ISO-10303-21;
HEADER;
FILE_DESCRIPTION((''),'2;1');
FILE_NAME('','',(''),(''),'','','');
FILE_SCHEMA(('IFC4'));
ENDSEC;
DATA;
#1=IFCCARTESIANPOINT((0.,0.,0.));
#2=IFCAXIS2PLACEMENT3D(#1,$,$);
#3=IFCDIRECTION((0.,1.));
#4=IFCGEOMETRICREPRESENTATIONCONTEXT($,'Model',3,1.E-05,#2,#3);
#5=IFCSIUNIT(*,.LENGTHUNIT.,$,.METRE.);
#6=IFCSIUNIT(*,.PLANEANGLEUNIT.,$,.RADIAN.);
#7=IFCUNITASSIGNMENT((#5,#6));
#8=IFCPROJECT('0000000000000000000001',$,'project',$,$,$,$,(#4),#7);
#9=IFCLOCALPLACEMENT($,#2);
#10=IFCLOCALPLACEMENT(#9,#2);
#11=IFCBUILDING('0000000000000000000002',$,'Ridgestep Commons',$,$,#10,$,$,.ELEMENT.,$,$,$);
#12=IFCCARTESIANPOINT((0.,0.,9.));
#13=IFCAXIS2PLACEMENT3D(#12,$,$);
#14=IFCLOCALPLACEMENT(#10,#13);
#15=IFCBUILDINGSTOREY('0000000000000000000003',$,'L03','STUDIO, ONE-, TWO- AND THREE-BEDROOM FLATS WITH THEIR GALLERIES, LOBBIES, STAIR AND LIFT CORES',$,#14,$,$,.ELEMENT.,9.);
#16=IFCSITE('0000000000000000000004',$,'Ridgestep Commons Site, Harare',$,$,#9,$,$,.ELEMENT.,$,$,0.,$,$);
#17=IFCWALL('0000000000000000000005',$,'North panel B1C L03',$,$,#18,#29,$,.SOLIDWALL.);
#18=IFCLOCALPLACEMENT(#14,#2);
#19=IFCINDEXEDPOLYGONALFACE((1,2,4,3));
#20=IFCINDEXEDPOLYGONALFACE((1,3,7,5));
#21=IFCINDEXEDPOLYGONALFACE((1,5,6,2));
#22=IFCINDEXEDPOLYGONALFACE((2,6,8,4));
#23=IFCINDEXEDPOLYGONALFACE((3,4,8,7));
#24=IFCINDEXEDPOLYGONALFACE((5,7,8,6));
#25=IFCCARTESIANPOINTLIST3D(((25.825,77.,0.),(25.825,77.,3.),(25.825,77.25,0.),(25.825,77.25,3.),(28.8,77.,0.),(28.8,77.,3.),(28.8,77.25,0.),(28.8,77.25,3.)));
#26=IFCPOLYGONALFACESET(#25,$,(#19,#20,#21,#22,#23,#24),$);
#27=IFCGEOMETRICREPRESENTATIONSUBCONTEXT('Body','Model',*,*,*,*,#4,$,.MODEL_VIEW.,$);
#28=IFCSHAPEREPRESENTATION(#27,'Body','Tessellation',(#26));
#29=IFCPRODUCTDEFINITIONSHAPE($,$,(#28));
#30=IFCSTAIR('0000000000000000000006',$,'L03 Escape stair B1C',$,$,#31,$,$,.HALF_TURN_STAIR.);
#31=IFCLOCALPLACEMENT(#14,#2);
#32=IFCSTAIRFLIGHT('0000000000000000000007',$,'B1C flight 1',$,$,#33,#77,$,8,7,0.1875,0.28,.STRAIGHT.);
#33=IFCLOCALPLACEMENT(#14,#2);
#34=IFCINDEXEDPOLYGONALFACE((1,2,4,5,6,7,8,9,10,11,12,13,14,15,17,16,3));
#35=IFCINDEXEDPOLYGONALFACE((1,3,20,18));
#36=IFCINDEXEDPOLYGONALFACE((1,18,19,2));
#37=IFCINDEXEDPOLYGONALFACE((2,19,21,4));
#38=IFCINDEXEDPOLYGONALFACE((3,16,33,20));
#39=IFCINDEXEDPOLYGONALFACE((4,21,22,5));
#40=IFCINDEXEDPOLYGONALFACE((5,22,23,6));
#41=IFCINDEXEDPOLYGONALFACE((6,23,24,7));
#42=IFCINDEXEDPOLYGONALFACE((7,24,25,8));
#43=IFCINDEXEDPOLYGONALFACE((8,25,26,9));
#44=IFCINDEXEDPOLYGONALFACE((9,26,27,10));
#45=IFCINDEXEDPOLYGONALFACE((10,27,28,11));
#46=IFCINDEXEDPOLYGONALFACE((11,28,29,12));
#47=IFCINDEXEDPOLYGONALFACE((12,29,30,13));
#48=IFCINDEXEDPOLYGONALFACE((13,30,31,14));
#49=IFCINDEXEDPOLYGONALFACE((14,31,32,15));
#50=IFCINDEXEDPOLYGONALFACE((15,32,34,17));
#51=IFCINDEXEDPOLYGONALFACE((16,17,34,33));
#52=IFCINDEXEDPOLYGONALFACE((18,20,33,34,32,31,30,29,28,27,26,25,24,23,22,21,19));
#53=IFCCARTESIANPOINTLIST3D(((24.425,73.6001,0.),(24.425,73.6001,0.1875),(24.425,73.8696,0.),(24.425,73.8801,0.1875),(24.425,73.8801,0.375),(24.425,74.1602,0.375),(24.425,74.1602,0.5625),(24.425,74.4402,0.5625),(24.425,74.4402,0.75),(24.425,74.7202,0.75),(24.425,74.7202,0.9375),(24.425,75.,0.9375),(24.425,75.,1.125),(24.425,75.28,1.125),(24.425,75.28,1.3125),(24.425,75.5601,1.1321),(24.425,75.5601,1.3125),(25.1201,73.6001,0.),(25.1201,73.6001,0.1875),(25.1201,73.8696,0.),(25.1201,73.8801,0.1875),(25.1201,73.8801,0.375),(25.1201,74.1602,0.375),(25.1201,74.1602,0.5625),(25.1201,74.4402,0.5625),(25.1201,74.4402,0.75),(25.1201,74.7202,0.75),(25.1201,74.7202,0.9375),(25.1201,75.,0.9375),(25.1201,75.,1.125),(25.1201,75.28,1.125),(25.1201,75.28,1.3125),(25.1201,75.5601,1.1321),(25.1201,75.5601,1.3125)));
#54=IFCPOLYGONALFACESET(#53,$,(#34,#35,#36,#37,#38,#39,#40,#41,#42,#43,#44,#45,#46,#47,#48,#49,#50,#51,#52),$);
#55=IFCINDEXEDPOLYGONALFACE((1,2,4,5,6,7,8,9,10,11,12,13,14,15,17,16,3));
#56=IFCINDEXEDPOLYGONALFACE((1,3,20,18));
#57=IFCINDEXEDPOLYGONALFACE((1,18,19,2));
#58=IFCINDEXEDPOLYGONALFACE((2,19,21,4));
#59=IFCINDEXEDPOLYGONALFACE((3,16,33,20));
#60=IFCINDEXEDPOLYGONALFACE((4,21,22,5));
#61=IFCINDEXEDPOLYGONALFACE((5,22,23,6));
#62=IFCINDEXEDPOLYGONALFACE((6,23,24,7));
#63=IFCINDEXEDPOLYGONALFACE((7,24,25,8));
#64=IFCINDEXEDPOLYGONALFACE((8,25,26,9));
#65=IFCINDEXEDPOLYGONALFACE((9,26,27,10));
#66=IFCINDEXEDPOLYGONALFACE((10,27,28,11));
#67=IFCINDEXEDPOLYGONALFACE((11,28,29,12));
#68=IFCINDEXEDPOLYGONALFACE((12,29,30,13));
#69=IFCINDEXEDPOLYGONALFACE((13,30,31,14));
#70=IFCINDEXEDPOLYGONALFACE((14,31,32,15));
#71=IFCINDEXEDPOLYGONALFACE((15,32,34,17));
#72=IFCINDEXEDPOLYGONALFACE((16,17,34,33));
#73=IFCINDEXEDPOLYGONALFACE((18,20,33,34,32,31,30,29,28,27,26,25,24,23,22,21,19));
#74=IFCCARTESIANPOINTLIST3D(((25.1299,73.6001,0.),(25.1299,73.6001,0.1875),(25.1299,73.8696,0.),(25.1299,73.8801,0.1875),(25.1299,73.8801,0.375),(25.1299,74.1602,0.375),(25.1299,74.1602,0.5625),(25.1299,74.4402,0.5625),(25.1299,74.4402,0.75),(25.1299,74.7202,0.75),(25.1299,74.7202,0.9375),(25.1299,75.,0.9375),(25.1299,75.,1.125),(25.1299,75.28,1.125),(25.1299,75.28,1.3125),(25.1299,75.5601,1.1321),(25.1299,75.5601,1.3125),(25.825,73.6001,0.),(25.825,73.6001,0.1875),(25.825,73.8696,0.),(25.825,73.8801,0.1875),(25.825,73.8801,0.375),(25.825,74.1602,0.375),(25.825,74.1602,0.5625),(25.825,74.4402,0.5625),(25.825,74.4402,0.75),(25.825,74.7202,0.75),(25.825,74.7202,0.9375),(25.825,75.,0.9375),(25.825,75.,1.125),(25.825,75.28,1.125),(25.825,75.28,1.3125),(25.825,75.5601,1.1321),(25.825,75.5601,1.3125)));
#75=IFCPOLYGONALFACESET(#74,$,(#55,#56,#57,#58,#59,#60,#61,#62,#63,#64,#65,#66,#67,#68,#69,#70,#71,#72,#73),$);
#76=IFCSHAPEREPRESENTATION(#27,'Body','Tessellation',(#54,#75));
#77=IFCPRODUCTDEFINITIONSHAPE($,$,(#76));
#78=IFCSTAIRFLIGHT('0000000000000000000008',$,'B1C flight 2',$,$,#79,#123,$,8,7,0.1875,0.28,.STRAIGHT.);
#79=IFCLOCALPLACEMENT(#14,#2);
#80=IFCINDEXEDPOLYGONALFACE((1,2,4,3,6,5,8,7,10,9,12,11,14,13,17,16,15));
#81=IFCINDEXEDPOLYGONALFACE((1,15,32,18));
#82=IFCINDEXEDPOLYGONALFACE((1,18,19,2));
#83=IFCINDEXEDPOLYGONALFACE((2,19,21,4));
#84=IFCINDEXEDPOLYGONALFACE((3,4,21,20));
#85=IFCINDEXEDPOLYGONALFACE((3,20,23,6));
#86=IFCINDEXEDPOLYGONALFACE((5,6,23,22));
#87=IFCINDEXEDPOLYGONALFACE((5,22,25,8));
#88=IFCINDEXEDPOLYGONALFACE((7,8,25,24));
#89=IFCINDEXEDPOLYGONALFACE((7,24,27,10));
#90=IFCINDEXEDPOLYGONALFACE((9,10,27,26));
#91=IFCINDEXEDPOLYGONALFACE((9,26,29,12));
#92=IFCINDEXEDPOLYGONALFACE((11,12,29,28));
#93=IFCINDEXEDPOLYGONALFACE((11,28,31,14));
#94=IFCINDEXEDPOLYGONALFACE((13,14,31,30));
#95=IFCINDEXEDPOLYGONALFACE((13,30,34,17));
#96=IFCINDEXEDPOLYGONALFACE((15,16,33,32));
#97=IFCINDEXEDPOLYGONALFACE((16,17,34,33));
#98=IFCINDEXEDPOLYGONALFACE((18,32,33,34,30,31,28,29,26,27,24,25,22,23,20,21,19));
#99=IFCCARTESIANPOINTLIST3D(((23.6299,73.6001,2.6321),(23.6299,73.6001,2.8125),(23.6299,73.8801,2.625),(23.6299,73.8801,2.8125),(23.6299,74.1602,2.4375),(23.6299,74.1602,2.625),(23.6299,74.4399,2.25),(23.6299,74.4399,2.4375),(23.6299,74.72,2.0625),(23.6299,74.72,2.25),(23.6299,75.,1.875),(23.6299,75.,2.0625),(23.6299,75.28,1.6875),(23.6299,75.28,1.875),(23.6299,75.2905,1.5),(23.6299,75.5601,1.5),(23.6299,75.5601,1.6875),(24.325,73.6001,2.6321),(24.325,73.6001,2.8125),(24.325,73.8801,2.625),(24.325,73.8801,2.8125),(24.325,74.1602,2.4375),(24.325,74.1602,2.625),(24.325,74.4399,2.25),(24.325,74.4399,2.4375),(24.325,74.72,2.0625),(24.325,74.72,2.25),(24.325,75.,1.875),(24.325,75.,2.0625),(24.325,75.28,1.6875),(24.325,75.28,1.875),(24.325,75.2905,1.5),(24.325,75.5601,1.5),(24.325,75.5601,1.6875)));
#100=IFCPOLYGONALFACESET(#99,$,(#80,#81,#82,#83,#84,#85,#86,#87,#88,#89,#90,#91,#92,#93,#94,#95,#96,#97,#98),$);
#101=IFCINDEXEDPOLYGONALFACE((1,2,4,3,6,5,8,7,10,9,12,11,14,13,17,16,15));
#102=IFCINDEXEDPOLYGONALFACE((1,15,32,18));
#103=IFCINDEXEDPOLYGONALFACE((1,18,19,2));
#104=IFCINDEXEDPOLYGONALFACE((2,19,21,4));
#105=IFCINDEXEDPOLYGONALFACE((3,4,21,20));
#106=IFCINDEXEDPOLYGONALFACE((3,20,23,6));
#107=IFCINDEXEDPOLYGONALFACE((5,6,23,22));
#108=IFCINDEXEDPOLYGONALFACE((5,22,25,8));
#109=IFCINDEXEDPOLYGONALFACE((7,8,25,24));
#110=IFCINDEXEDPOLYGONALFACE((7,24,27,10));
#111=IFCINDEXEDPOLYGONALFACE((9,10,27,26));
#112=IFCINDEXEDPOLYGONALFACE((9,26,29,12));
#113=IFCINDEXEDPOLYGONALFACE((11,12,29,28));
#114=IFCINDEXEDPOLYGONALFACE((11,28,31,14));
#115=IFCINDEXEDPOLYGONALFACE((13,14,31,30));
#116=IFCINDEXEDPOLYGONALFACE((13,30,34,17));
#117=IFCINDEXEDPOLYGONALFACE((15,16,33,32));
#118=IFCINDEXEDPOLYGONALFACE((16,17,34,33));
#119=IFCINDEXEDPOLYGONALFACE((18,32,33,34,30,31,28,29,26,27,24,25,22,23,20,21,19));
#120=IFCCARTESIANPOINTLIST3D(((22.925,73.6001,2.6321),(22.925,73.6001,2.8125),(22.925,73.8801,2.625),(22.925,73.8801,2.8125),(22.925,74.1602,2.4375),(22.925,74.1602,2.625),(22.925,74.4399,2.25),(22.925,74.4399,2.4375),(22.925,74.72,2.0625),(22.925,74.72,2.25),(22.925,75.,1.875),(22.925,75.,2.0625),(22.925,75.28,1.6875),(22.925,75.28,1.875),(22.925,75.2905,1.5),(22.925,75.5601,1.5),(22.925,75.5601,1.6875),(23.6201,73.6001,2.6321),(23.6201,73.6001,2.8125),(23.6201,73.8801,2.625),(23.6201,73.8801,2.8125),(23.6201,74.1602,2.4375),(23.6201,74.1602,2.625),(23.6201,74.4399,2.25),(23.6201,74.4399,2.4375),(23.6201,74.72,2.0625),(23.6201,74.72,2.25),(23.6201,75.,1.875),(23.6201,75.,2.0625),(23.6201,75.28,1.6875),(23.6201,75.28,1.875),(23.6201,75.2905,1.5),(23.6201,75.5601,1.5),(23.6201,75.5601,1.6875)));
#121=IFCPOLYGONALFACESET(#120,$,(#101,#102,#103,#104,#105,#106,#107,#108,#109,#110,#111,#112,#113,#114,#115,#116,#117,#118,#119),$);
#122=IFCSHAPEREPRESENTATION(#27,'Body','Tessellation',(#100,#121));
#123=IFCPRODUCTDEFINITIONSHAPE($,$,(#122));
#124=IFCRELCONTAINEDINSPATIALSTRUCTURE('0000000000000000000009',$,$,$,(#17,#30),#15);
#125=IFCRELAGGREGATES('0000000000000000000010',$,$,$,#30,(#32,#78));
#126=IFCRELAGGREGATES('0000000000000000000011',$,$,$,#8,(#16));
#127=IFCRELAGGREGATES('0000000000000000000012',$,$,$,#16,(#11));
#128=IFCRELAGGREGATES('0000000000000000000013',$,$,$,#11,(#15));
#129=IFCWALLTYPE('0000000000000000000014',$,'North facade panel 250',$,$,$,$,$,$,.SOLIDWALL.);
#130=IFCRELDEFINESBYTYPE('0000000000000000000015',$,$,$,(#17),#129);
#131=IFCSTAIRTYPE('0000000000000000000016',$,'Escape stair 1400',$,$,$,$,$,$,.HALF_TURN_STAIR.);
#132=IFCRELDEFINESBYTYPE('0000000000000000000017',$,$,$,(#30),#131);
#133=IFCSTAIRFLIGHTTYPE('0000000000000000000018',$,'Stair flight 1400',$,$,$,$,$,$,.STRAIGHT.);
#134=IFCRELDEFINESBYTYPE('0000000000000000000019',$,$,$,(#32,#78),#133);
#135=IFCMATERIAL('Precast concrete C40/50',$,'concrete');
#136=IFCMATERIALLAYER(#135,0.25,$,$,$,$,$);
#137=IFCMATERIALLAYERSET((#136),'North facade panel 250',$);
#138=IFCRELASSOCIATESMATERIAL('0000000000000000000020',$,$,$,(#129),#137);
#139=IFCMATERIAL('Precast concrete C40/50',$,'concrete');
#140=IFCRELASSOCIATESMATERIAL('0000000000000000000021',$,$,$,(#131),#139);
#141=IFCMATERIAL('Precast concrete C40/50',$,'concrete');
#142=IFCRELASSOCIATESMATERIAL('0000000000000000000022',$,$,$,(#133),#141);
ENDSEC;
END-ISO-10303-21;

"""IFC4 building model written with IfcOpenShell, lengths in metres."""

from ifc_helpers import new_model, si_unit, direction, frame, frame_2d, origin, place, context, subcontext, project, spatial, polyline, rectangle, outline, extrude, material, layer, layer_set, type_object, element, aggregate, save


model = new_model("IFC4")

# Units and contexts
model_context = context("Model", 3, precision=1e-05, world=origin(), true_north=direction((0.0, 1.0)))
body_context = subcontext(model_context, "Body", "Model", "MODEL_VIEW")
ifc_project = project(units=[si_unit("LENGTHUNIT", "METRE"), si_unit("PLANEANGLEUNIT", "RADIAN")], contexts=[model_context])

# Site, building, storey
site_placement = place(None, origin())
site = spatial("IfcSite", under=ifc_project, at=site_placement, Name="Ridgestep Commons Site, Harare", CompositionType="ELEMENT", RefElevation=0.0)
building_placement = place(site_placement, origin())
building = spatial("IfcBuilding", under=site, at=building_placement, Name="Ridgestep Commons", CompositionType="ELEMENT")
storey_placement = place(building_placement, frame((0.0, 0.0, 9.0)))
storey = spatial("IfcBuildingStorey", under=building, at=storey_placement, Name="L03", Description="STUDIO, ONE-, TWO- AND THREE-BEDROOM FLATS WITH THEIR GALLERIES, LOBBIES, STAIR AND LIFT CORES", CompositionType="ELEMENT", Elevation=9.0)

# Wall
ifc_material_1 = material(Name="Precast concrete C40/50", Category="concrete")
ifc_layer_1 = layer(ifc_material_1, 0.25)
ifc_layer_set_1 = layer_set([ifc_layer_1], Name="North facade panel 250")
wall_type_1 = type_object("IfcWallType", Name="North facade panel 250", PredefinedType="SOLIDWALL", material=ifc_layer_set_1)
wall_1_placement = place(storey_placement, frame((25.825, 77.125, 0.0), z_axis=(0.0, 0.0, 1.0), x_axis=(1.0, 0.0, 0.0)))
element("IfcWall", 1, at=wall_1_placement, inside=storey, type_object=wall_type_1, Name="North panel B1C L03", PredefinedType="SOLIDWALL", context=body_context, shape_type="SweptSolid", body=[
    extrude(rectangle(XDim=2.9751, YDim=0.25, at=frame_2d((1.4875, 0.0))), origin(), (0.0, 0.0, 1.0), 3.0),
])

# Stair, stair flights
ifc_material_2 = material(Name="Precast concrete C40/50", Category="concrete")
stair_type = type_object("IfcStairType", Name="Escape stair 1400", PredefinedType="HALF_TURN_STAIR", material=ifc_material_2)
stair_placement = place(storey_placement, origin())
stair = element("IfcStair", 2, at=stair_placement, inside=storey, type_object=stair_type, Name="L03 Escape stair B1C", PredefinedType="HALF_TURN_STAIR")
ifc_material_3 = material(Name="Precast concrete C40/50", Category="concrete")
stair_flight_type = type_object("IfcStairFlightType", Name="Stair flight 1400", PredefinedType="STRAIGHT", material=ifc_material_3)
stair_flight_1_placement = place(storey_placement, frame((25.125, 73.6001, 0.0), z_axis=(0.0, 0.0, 1.0), x_axis=(0.0, 1.0, 0.0)))
stair_flight_1 = element("IfcStairFlight", 3, at=stair_flight_1_placement, type_object=stair_flight_type, Name="B1C flight 1", NumberOfRisers=8, NumberOfTreads=7, PredefinedType="STRAIGHT", RiserHeight=0.1875, TreadLength=0.28, context=body_context, shape_type="SweptSolid", body=[
    extrude(outline(polyline([(0.0, 0.0), (0.0, 0.1875), (0.28, 0.1875), (0.28, 0.375), (0.5601, 0.375), (0.5601, 0.5625), (0.8401, 0.5625), (0.8401, 0.75), (1.1201, 0.75), (1.1201, 0.9375), (1.3999, 0.9375), (1.3999, 1.125), (1.6799, 1.125), (1.6799, 1.3125), (1.96, 1.3125), (1.96, 1.5), (1.96, 1.1321), (0.2695, 0.0), (0.0, 0.0)])), frame((0.0, 0.7, 0.0), z_axis=(0.0, -1.0, 0.0), x_axis=(1.0, 0.0, 0.0)), (0.0, 0.0, 1.0), 0.6951),
    extrude(outline(polyline([(0.0, 0.0), (0.0, 0.1875), (0.28, 0.1875), (0.28, 0.375), (0.5601, 0.375), (0.5601, 0.5625), (0.8401, 0.5625), (0.8401, 0.75), (1.1201, 0.75), (1.1201, 0.9375), (1.3999, 0.9375), (1.3999, 1.125), (1.6799, 1.125), (1.6799, 1.3125), (1.96, 1.3125), (1.96, 1.5), (1.96, 1.1321), (0.2695, 0.0), (0.0, 0.0)])), frame((0.0, -0.0049, 0.0), z_axis=(0.0, -1.0, 0.0), x_axis=(1.0, 0.0, 0.0)), (0.0, 0.0, 1.0), 0.6951),
])
stair_flight_2_placement = place(storey_placement, frame((23.625, 75.5601, 1.5), z_axis=(0.0, 0.0, 1.0), x_axis=(0.0, -1.0, 0.0)))
stair_flight_2 = element("IfcStairFlight", 4, at=stair_flight_2_placement, type_object=stair_flight_type, Name="B1C flight 2", NumberOfRisers=8, NumberOfTreads=7, PredefinedType="STRAIGHT", RiserHeight=0.1875, TreadLength=0.28, context=body_context, shape_type="SweptSolid", body=[
    extrude(outline(polyline([(0.0, 0.0), (0.0, 0.1875), (0.28, 0.1875), (0.28, 0.375), (0.5601, 0.375), (0.5601, 0.5625), (0.8401, 0.5625), (0.8401, 0.75), (1.1201, 0.75), (1.1201, 0.9375), (1.3999, 0.9375), (1.3999, 1.125), (1.6799, 1.125), (1.6799, 1.3125), (1.96, 1.3125), (1.96, 1.5), (1.96, 1.1321), (0.2695, 0.0), (0.0, 0.0)])), frame((0.0, 0.7, 0.0), z_axis=(0.0, -1.0, 0.0), x_axis=(1.0, 0.0, 0.0)), (0.0, 0.0, 1.0), 0.6951),
    extrude(outline(polyline([(0.0, 0.0), (0.0, 0.1875), (0.28, 0.1875), (0.28, 0.375), (0.5601, 0.375), (0.5601, 0.5625), (0.8401, 0.5625), (0.8401, 0.75), (1.1201, 0.75), (1.1201, 0.9375), (1.3999, 0.9375), (1.3999, 1.125), (1.6799, 1.125), (1.6799, 1.3125), (1.96, 1.3125), (1.96, 1.5), (1.96, 1.1321), (0.2695, 0.0), (0.0, 0.0)])), frame((0.0, -0.0049, 0.0), z_axis=(0.0, -1.0, 0.0), x_axis=(1.0, 0.0, 0.0)), (0.0, 0.0, 1.0), 0.6951),
])
aggregate(stair, [stair_flight_1, stair_flight_2])

save(model, "model.ifc")
